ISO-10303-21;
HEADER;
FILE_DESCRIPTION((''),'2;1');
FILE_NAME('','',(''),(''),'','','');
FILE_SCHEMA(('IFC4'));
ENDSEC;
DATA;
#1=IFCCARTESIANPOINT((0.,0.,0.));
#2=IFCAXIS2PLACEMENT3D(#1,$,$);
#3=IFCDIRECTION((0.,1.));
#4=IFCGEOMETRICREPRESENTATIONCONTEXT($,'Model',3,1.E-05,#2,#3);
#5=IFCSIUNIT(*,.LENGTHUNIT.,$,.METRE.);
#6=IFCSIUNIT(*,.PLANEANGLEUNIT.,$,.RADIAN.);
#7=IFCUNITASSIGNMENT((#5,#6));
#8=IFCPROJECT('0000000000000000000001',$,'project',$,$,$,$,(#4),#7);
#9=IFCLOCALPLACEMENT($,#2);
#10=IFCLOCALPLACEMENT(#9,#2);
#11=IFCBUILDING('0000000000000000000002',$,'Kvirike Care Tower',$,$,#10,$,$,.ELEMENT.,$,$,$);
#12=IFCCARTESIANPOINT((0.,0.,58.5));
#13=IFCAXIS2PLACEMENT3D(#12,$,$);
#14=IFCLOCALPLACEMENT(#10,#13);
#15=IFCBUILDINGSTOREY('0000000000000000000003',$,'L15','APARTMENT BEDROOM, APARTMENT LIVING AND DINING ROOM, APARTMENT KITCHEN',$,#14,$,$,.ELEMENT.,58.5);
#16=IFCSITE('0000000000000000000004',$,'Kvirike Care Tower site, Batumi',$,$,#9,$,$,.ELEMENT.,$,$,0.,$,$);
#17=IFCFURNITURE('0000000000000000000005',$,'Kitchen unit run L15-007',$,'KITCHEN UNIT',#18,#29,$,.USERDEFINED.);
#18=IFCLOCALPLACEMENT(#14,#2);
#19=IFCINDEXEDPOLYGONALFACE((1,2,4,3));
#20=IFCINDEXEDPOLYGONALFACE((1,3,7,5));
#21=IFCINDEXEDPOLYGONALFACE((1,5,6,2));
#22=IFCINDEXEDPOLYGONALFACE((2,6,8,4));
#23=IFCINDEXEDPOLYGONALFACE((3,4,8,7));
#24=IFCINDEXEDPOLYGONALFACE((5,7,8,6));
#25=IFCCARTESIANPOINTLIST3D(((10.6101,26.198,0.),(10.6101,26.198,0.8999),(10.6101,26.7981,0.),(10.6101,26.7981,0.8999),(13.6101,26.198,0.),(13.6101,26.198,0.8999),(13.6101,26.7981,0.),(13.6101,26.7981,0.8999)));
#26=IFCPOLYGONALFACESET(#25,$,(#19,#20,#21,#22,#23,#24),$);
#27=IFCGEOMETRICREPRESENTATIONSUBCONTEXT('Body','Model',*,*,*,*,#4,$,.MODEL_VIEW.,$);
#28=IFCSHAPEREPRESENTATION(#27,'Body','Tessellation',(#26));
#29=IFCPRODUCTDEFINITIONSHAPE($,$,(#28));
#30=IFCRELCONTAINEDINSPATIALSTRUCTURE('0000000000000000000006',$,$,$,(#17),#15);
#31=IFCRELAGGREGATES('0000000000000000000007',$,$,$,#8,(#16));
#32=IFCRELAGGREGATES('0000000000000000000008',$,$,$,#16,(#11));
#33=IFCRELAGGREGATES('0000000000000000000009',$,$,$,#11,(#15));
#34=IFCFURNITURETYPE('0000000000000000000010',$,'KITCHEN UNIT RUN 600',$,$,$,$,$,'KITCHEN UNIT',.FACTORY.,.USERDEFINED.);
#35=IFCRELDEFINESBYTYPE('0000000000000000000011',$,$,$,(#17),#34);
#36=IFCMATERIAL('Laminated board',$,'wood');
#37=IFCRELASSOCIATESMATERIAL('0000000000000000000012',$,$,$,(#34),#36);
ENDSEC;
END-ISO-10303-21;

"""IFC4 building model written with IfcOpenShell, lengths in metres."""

from ifc_helpers import new_model, si_unit, direction, frame, origin, origin_2d, place, context, subcontext, project, spatial, rectangle, extrude, material, type_object, element, save


model = new_model("IFC4")

# Units and contexts
model_context = context("Model", 3, precision=1e-05, world=origin(), true_north=direction((0.0, 1.0)))
body_context = subcontext(model_context, "Body", "Model", "MODEL_VIEW")
ifc_project = project(units=[si_unit("LENGTHUNIT", "METRE"), si_unit("PLANEANGLEUNIT", "RADIAN")], contexts=[model_context])

# Site, building, storey
site_placement = place(None, origin())
site = spatial("IfcSite", under=ifc_project, at=site_placement, Name="Kvirike Care Tower site, Batumi", CompositionType="ELEMENT", RefElevation=0.0)
building_placement = place(site_placement, origin())
building = spatial("IfcBuilding", under=site, at=building_placement, Name="Kvirike Care Tower", CompositionType="ELEMENT")
storey_placement = place(building_placement, frame((0.0, 0.0, 58.5)))
storey = spatial("IfcBuildingStorey", under=building, at=storey_placement, Name="L15", Description="APARTMENT BEDROOM, APARTMENT LIVING AND DINING ROOM, APARTMENT KITCHEN", CompositionType="ELEMENT", Elevation=58.5)

# Furniture
ifc_material_1 = material(Name="Laminated board", Category="wood")
furniture_type = type_object("IfcFurnitureType", Name="KITCHEN UNIT RUN 600", ElementType="KITCHEN UNIT", AssemblyPlace="FACTORY", PredefinedType="USERDEFINED", material=ifc_material_1)
furniture_placement = place(storey_placement, frame((12.1101, 26.498, 0.0), z_axis=(0.0, 0.0, 1.0), x_axis=(1.0, 0.0, 0.0)))
element("IfcFurniture", 1, at=furniture_placement, inside=storey, type_object=furniture_type, Name="Kitchen unit run L15-007", ObjectType="KITCHEN UNIT", PredefinedType="USERDEFINED", context=body_context, shape_type="SweptSolid", body=[
    extrude(rectangle(XDim=3.0, YDim=0.6001, at=origin_2d()), origin(), (0.0, 0.0, 1.0), 0.8999),
])

save(model, "model.ifc")
